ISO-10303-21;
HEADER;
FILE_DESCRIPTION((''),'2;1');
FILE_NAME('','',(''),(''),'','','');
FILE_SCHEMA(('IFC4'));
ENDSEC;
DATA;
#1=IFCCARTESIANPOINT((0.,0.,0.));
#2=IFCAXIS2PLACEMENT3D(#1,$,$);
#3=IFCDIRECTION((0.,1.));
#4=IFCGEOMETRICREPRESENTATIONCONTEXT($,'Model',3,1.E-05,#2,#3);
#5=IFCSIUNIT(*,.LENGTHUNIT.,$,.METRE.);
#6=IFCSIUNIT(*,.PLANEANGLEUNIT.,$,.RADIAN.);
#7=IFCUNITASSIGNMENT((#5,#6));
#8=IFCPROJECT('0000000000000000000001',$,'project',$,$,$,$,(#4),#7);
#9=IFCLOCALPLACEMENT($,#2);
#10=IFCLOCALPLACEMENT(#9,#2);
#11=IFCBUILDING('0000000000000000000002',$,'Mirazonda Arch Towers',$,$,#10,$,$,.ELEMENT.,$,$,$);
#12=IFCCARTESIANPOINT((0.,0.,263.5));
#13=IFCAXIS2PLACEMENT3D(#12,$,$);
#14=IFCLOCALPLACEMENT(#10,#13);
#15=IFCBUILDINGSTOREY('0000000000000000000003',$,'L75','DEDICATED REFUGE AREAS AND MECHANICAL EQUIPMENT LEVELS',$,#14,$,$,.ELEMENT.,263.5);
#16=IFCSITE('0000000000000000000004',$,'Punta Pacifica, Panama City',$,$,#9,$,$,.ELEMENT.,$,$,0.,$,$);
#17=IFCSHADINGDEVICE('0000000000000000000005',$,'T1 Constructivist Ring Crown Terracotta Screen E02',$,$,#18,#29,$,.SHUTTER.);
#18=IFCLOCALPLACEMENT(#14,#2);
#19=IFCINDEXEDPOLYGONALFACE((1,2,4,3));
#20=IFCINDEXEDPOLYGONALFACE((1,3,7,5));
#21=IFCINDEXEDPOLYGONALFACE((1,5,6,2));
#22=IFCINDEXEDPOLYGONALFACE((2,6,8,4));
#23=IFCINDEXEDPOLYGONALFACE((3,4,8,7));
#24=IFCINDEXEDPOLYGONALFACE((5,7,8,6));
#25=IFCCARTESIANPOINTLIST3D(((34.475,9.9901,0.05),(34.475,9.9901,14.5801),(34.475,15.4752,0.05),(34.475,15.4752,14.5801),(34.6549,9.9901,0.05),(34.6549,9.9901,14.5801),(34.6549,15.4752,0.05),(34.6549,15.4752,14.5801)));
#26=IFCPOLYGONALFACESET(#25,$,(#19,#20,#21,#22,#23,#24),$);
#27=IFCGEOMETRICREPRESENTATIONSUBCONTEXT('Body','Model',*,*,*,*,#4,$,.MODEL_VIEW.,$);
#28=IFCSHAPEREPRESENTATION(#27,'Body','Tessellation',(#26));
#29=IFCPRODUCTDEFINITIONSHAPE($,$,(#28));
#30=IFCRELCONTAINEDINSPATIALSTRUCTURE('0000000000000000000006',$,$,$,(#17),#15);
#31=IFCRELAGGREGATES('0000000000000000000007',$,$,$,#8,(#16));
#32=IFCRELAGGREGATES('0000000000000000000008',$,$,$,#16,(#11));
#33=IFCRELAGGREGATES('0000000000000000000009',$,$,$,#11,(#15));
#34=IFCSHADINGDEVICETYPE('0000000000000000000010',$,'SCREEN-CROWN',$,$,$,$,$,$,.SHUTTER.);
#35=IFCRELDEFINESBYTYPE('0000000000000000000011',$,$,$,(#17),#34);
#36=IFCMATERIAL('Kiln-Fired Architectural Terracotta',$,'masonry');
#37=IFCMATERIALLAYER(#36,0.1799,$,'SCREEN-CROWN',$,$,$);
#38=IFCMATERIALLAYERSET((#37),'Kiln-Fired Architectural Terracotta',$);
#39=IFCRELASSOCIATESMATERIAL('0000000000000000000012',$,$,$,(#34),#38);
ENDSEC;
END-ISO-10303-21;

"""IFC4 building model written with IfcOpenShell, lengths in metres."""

from ifc_helpers import new_model, si_unit, direction, frame, frame_2d, origin, place, context, subcontext, project, spatial, rectangle, extrude, material, layer, layer_set, type_object, element, save


model = new_model("IFC4")

# Units and contexts
model_context = context("Model", 3, precision=1e-05, world=origin(), true_north=direction((0.0, 1.0)))
body_context = subcontext(model_context, "Body", "Model", "MODEL_VIEW")
ifc_project = project(units=[si_unit("LENGTHUNIT", "METRE"), si_unit("PLANEANGLEUNIT", "RADIAN")], contexts=[model_context])

# Site, building, storey
site_placement = place(None, origin())
site = spatial("IfcSite", under=ifc_project, at=site_placement, Name="Punta Pacifica, Panama City", CompositionType="ELEMENT", RefElevation=0.0)
building_placement = place(site_placement, origin())
building = spatial("IfcBuilding", under=site, at=building_placement, Name="Mirazonda Arch Towers", CompositionType="ELEMENT")
storey_placement = place(building_placement, frame((0.0, 0.0, 263.5)))
storey = spatial("IfcBuildingStorey", under=building, at=storey_placement, Name="L75", Description="DEDICATED REFUGE AREAS AND MECHANICAL EQUIPMENT LEVELS", CompositionType="ELEMENT", Elevation=263.5)

# Shading device
ifc_material_1 = material(Name="Kiln-Fired Architectural Terracotta", Category="masonry")
ifc_layer_1 = layer(ifc_material_1, 0.1799, Name="SCREEN-CROWN")
ifc_layer_set_1 = layer_set([ifc_layer_1], Name="Kiln-Fired Architectural Terracotta")
shading_device_type = type_object("IfcShadingDeviceType", Name="SCREEN-CROWN", PredefinedType="SHUTTER", material=ifc_layer_set_1)
shading_device_placement = place(storey_placement, frame((34.5649, 9.99, 0.05), z_axis=(0.0, 0.0, 1.0), x_axis=(0.0, 1.0, 0.0)))
element("IfcShadingDevice", 1, at=shading_device_placement, inside=storey, type_object=shading_device_type, Name="T1 Constructivist Ring Crown Terracotta Screen E02", PredefinedType="SHUTTER", context=body_context, shape_type="SweptSolid", body=[
    extrude(rectangle(XDim=5.4851, YDim=0.1799, at=frame_2d((2.7427, 0.0))), origin(), (0.0, 0.0, 1.0), 14.53),
])

save(model, "model.ifc")
